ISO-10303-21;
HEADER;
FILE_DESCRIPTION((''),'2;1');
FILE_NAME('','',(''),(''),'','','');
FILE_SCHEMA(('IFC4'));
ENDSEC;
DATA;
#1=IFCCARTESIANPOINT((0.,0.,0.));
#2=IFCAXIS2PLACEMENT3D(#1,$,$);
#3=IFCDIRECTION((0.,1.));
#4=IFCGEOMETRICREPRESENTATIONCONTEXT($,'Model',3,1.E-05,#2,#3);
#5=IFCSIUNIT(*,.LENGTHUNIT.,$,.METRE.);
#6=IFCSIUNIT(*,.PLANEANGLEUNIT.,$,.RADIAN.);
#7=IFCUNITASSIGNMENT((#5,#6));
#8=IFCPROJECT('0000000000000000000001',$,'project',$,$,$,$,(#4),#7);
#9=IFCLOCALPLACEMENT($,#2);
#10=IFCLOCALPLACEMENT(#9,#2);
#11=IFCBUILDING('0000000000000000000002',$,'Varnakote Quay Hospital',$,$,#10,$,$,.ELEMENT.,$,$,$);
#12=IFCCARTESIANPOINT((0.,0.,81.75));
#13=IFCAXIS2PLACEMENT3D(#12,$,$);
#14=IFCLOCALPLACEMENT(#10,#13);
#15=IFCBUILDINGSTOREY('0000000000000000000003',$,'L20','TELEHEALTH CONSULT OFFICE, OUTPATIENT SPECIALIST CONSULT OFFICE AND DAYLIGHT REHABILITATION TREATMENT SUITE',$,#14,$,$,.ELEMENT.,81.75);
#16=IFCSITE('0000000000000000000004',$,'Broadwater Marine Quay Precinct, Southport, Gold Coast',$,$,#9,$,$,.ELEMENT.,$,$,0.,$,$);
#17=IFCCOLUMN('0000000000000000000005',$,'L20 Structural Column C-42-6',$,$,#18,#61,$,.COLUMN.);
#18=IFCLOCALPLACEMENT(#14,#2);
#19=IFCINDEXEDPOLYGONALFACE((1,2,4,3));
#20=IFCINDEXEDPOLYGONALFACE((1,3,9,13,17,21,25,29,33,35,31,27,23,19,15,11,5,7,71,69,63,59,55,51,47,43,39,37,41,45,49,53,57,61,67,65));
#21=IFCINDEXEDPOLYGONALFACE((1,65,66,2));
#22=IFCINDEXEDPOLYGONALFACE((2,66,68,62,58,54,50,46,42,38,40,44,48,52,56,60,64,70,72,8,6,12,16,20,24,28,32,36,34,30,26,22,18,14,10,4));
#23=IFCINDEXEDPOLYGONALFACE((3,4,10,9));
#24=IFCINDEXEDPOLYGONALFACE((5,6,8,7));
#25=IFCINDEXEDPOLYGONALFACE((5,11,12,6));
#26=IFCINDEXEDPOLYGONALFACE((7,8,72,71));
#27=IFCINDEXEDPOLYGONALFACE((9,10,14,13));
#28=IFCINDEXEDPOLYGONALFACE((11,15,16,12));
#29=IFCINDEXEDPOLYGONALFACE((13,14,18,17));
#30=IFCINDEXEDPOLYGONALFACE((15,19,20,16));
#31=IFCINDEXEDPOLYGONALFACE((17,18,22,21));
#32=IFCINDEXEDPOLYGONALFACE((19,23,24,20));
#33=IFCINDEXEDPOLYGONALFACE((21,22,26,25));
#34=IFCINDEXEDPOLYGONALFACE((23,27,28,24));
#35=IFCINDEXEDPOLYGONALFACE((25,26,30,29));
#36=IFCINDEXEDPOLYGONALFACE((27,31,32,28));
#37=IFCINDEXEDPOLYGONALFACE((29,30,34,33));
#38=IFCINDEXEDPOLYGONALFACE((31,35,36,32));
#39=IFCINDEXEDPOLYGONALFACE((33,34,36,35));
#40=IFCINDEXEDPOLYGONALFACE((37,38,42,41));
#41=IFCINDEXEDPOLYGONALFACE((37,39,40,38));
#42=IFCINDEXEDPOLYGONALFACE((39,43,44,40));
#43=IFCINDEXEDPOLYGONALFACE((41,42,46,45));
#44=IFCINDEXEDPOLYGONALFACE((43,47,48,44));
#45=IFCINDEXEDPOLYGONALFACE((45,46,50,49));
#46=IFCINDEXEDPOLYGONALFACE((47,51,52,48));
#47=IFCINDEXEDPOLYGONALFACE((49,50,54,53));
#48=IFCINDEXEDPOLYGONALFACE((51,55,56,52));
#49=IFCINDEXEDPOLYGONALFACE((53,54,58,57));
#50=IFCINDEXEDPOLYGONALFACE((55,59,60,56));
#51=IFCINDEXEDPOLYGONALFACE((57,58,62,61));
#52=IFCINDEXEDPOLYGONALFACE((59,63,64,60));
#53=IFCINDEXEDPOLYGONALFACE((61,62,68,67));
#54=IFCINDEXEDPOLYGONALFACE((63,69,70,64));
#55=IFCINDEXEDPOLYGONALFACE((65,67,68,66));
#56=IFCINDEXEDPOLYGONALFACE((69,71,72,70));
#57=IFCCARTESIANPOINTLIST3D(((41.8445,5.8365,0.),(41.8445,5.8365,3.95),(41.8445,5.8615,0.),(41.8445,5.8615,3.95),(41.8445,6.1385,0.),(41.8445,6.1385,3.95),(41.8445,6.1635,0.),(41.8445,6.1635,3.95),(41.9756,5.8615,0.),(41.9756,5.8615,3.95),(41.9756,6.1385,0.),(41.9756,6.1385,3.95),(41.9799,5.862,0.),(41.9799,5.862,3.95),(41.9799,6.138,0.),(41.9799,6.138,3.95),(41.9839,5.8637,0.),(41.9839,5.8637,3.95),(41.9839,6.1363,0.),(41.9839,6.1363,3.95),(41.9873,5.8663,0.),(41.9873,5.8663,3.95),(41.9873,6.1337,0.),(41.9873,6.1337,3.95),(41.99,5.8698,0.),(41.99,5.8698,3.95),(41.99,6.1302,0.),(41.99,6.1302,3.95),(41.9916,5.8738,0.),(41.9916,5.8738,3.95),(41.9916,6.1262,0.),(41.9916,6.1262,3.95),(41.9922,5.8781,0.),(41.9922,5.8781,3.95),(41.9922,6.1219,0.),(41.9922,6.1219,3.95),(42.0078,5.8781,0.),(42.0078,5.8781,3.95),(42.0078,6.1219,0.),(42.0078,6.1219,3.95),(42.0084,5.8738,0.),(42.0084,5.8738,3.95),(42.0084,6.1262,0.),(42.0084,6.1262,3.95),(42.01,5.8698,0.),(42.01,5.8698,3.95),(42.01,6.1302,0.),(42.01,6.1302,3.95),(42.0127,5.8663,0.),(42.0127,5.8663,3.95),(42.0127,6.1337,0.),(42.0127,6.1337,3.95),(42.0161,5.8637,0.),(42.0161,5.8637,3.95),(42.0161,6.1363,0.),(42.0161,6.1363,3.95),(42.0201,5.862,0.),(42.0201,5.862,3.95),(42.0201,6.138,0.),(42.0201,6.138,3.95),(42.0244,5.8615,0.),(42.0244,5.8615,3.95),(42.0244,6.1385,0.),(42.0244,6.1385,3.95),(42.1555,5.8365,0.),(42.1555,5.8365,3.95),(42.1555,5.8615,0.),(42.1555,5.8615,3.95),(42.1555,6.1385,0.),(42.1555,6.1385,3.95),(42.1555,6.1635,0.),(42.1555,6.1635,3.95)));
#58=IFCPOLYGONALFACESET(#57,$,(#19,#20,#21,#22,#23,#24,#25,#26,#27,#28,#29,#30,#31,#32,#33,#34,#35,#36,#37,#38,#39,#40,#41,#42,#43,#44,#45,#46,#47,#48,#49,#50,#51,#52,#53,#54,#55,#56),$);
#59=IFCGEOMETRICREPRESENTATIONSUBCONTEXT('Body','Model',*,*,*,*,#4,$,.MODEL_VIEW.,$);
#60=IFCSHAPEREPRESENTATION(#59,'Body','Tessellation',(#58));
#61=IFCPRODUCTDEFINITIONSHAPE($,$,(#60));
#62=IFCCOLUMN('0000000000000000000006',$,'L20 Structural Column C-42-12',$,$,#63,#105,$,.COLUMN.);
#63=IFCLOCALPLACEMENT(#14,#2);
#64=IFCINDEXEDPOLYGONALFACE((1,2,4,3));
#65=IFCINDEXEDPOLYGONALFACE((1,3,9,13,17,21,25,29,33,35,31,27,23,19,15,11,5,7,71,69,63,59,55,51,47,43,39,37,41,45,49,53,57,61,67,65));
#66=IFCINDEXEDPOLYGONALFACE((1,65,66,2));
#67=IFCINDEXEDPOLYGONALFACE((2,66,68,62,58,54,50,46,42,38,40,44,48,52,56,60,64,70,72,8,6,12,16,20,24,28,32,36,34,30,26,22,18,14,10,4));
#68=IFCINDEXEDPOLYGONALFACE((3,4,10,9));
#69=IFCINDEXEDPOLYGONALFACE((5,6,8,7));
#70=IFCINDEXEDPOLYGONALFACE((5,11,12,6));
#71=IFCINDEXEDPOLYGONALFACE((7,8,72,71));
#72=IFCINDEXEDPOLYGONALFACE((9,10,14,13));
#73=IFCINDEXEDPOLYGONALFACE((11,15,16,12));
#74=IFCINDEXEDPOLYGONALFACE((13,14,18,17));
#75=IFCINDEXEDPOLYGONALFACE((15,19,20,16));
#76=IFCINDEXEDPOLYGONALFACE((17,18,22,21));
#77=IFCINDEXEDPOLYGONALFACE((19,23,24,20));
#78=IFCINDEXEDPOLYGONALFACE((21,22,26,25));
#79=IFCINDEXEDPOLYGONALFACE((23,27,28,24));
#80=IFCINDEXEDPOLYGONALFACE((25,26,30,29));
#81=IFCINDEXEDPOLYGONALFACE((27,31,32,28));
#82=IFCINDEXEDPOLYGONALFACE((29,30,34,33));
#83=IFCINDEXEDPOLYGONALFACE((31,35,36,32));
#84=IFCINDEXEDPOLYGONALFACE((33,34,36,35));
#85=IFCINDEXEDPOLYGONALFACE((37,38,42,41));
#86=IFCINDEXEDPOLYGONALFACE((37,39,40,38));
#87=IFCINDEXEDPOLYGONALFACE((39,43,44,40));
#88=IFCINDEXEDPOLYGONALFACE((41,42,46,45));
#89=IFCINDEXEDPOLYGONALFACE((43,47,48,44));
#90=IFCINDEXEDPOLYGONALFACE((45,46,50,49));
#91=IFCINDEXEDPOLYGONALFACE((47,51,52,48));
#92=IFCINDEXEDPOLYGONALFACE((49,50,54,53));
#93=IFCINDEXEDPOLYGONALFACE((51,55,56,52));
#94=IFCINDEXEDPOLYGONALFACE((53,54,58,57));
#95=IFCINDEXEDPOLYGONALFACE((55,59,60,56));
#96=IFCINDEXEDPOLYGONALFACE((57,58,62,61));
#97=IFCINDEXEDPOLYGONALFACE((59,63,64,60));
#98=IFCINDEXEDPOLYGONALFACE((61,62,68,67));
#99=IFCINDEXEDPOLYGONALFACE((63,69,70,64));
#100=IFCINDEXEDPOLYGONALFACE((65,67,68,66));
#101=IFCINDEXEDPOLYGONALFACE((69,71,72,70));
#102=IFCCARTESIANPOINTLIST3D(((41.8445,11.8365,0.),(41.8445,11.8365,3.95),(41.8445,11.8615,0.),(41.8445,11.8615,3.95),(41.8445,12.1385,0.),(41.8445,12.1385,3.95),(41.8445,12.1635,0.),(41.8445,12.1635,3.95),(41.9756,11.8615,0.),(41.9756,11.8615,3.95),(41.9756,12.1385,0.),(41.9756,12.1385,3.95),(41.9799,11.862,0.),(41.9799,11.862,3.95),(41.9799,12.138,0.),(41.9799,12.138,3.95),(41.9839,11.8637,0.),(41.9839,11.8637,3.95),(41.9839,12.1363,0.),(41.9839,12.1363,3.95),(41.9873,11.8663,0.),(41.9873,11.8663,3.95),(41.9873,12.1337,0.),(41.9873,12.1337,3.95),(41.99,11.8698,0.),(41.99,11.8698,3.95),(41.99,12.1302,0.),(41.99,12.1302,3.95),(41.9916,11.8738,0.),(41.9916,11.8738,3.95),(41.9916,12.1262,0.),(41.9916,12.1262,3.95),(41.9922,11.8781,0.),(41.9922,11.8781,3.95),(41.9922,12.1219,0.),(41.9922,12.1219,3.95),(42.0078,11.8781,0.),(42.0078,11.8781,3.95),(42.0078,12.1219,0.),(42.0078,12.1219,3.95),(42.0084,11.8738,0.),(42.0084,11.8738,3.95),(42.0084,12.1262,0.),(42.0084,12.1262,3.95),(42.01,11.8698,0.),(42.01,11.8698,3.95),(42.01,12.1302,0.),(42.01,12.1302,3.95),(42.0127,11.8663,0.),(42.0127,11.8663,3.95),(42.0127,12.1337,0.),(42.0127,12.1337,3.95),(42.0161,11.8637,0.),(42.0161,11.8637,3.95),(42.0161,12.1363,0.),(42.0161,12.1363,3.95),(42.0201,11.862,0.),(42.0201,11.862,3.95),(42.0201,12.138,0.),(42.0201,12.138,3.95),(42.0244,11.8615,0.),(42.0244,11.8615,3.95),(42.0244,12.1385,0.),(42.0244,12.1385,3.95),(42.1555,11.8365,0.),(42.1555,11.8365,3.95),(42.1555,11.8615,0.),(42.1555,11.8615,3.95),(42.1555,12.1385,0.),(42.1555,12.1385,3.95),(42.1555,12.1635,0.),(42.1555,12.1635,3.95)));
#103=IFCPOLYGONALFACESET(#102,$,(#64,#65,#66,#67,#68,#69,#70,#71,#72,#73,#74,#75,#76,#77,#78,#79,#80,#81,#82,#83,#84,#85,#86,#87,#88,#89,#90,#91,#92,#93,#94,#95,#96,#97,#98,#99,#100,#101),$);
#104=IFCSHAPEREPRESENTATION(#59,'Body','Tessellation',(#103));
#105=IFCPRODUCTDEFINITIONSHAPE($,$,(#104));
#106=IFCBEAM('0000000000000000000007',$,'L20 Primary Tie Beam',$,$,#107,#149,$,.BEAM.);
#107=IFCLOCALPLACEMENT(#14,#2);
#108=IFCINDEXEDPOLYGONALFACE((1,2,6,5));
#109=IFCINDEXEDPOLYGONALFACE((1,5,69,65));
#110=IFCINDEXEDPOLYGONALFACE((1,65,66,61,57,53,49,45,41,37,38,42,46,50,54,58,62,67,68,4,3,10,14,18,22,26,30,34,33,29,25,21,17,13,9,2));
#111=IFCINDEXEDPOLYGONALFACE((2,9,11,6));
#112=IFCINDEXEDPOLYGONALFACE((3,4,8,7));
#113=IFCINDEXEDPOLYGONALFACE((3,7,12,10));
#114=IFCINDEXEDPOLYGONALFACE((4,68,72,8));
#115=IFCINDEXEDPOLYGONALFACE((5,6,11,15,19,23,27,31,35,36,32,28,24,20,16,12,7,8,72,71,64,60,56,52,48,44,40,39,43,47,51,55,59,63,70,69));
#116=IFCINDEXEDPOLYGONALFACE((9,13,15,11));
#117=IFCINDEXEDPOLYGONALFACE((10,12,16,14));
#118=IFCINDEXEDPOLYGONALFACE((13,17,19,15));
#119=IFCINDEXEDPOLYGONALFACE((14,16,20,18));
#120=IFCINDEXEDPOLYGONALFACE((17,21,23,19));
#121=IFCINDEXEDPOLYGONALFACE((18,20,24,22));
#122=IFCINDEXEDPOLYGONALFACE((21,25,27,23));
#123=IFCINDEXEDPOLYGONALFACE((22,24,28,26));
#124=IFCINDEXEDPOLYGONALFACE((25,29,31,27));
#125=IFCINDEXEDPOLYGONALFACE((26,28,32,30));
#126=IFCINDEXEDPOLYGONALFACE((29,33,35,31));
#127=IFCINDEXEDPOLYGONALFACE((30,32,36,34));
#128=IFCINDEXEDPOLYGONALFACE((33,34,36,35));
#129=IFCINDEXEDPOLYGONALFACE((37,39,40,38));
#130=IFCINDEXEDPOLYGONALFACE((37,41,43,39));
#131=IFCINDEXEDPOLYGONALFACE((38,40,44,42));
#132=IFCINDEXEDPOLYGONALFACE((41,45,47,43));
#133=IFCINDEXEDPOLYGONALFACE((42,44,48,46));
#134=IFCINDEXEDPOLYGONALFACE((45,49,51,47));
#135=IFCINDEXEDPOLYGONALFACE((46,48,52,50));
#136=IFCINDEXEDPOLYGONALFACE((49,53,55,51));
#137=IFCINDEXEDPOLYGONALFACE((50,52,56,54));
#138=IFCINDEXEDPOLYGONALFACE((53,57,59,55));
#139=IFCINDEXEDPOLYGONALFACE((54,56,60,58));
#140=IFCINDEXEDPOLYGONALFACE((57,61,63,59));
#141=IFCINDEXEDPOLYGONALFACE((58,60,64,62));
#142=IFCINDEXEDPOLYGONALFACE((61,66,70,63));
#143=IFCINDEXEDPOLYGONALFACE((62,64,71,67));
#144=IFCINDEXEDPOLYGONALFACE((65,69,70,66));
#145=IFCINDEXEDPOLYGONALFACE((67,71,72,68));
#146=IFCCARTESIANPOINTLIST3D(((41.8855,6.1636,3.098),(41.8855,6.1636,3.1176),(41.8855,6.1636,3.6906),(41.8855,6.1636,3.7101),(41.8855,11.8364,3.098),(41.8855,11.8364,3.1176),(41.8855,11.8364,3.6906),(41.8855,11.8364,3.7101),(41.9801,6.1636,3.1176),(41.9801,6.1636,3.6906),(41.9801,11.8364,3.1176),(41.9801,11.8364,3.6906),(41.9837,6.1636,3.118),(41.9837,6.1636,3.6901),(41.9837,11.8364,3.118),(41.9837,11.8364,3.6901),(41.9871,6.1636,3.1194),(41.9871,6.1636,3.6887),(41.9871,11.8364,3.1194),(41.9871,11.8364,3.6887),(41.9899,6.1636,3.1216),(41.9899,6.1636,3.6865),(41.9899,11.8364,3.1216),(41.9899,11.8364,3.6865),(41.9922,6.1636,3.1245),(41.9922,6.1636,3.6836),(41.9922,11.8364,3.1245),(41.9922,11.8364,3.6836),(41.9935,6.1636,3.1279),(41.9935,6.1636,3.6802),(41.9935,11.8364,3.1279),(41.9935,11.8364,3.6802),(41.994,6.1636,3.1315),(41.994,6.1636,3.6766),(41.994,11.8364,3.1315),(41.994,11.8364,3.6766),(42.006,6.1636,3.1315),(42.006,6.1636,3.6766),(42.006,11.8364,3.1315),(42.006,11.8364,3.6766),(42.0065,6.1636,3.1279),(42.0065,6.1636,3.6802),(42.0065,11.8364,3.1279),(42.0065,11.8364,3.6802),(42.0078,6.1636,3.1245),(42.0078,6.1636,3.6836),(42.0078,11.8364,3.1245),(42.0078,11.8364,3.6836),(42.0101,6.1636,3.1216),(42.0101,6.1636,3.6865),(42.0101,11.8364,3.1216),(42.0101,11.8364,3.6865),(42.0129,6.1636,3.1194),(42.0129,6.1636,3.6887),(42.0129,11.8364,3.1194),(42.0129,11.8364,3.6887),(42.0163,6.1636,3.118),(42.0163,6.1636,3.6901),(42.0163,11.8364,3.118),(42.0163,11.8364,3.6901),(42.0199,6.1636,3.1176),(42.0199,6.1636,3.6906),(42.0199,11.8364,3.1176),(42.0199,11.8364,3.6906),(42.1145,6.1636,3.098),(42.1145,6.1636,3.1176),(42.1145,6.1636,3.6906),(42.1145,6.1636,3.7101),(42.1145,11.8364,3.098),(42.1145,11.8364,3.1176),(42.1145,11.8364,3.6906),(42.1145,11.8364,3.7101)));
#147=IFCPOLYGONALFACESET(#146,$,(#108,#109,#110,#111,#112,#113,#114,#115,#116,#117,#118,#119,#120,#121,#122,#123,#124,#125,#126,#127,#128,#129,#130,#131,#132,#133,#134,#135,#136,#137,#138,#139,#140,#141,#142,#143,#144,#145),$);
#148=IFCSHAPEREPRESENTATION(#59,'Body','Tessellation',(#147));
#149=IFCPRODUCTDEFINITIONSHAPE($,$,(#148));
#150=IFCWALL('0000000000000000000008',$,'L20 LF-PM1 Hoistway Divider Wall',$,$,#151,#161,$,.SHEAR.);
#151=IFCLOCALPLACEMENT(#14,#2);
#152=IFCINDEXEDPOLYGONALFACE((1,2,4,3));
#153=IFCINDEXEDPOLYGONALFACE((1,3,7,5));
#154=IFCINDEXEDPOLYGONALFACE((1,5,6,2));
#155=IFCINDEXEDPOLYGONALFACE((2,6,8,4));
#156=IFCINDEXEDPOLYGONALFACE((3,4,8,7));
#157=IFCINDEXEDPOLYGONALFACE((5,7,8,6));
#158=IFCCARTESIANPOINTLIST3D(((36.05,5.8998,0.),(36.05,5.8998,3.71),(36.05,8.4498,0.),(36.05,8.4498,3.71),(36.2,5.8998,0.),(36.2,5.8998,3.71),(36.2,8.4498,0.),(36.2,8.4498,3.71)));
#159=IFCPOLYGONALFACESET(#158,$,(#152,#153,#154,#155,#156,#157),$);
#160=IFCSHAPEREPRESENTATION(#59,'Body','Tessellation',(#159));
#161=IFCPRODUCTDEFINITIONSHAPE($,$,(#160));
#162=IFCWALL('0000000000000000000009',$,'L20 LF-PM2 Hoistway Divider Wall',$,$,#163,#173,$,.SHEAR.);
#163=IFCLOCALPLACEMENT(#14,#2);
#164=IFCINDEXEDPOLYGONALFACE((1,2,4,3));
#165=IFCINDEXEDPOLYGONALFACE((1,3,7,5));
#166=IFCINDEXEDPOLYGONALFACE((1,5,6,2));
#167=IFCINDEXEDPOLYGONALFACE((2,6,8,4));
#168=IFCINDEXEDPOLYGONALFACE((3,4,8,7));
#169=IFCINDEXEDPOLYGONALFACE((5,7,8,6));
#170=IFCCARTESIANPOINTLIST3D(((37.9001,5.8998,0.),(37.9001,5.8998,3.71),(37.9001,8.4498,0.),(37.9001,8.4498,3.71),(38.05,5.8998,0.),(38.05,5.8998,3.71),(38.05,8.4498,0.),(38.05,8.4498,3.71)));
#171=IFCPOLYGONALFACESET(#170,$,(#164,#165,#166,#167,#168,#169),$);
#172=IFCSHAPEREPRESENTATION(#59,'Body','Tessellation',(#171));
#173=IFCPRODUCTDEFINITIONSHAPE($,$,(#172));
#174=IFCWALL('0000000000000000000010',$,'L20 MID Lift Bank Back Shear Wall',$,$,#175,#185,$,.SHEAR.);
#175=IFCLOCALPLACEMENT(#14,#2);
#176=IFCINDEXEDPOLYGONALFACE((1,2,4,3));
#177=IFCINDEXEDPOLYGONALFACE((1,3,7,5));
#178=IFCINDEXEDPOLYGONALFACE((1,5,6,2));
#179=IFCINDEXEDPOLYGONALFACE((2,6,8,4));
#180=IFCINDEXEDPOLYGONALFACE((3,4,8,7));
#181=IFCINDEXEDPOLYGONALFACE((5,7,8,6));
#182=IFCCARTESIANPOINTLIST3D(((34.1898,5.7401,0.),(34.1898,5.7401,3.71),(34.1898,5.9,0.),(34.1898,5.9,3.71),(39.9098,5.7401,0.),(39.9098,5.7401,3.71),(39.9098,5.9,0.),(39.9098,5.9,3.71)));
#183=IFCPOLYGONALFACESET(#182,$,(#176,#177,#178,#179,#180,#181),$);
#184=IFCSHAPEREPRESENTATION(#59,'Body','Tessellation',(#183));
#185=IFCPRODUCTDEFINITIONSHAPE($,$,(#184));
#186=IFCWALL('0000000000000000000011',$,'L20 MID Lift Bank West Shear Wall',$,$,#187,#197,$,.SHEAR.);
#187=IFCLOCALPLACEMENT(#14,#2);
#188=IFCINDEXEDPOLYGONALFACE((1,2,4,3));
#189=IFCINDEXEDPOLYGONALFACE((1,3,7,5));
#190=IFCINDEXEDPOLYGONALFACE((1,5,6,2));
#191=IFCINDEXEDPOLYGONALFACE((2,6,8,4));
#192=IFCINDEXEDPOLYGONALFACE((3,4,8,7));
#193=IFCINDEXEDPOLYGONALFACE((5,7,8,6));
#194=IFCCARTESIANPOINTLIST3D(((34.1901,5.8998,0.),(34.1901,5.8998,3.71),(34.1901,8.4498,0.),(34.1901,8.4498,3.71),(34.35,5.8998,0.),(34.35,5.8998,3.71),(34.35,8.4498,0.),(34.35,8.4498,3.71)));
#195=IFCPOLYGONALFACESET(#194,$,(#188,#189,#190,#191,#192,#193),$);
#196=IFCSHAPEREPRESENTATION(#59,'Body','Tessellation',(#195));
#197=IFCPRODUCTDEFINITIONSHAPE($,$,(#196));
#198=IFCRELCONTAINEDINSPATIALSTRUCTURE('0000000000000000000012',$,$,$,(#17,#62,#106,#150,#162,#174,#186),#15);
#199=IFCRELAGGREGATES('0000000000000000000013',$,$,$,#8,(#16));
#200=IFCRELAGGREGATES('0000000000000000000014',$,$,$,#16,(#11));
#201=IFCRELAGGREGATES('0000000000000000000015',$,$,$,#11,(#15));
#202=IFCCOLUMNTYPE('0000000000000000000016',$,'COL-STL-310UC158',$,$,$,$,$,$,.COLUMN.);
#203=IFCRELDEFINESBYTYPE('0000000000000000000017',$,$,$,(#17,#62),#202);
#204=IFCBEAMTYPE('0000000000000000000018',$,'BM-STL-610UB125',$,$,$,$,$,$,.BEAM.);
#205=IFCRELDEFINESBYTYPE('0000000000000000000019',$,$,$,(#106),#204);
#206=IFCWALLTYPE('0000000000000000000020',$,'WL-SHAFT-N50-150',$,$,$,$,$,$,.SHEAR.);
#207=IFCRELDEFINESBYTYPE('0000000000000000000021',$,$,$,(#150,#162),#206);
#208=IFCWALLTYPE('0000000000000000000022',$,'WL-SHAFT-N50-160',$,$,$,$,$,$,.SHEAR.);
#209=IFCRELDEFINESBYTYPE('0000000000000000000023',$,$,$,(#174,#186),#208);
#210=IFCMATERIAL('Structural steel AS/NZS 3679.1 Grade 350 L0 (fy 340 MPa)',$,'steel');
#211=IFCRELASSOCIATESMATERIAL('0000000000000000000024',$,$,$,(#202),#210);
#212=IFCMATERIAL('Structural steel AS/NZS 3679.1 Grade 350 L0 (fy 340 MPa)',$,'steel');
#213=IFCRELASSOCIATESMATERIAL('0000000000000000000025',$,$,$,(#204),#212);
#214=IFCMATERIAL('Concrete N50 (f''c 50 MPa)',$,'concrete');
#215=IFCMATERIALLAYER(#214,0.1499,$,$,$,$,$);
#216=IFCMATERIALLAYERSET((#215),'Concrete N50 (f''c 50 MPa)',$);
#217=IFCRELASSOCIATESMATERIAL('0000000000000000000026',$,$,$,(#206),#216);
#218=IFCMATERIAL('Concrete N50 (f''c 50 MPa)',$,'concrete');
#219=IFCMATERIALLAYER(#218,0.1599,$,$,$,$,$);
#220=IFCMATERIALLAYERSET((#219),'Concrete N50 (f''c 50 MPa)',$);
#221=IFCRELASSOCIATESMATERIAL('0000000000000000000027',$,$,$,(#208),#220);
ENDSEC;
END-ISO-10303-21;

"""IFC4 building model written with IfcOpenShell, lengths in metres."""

from ifc_helpers import new_model, si_unit, direction, frame, frame_2d, origin, origin_2d, place, context, subcontext, project, spatial, rectangle, i_section, extrude, material, layer, layer_set, material_profile, profile_set, type_object, element, save


model = new_model("IFC4")

# Units and contexts
model_context = context("Model", 3, precision=1e-05, world=origin(), true_north=direction((0.0, 1.0)))
body_context = subcontext(model_context, "Body", "Model", "MODEL_VIEW")
ifc_project = project(units=[si_unit("LENGTHUNIT", "METRE"), si_unit("PLANEANGLEUNIT", "RADIAN")], contexts=[model_context])

# Site, building, storey
site_placement = place(None, origin())
site = spatial("IfcSite", under=ifc_project, at=site_placement, Name="Broadwater Marine Quay Precinct, Southport, Gold Coast", CompositionType="ELEMENT", RefElevation=0.0)
building_placement = place(site_placement, origin())
building = spatial("IfcBuilding", under=site, at=building_placement, Name="Varnakote Quay Hospital", CompositionType="ELEMENT")
storey_placement = place(building_placement, frame((0.0, 0.0, 81.75)))
storey = spatial("IfcBuildingStorey", under=building, at=storey_placement, Name="L20", Description="TELEHEALTH CONSULT OFFICE, OUTPATIENT SPECIALIST CONSULT OFFICE AND DAYLIGHT REHABILITATION TREATMENT SUITE", CompositionType="ELEMENT", Elevation=81.75)

# Columns
ifc_material_1 = material(Name="Structural steel AS/NZS 3679.1 Grade 350 L0 (fy 340 MPa)", Category="steel")
ifc_material_profile_1 = material_profile(ifc_material_1, i_section(OverallWidth=0.311, OverallDepth=0.3269, WebThickness=0.0156, FlangeThickness=0.0249, FilletRadius=0.0166, at=origin_2d()), Name="310UC158")
ifc_profile_set_1 = profile_set([ifc_material_profile_1], Name="Structural steel AS/NZS 3679.1 Grade 350 L0 (fy 340 MPa)")
column_type = type_object("IfcColumnType", Name="COL-STL-310UC158", PredefinedType="COLUMN", material=ifc_profile_set_1)
for number, where, z_axis, x_axis, name in (
    (1, (42.0, 6.0, 0.0), (0.0, 0.0, 1.0), (1.0, 0.0, 0.0), "L20 Structural Column C-42-6"),
    (2, (42.0, 12.0, 0.0), (0.0, 0.0, 1.0), (1.0, 0.0, 0.0), "L20 Structural Column C-42-12"),
):
    element("IfcColumn", number, at=place(storey_placement, frame(where, z_axis=z_axis, x_axis=x_axis)), inside=storey, type_object=column_type, Name=name, PredefinedType="COLUMN", context=body_context, shape_type="SweptSolid", body=[
        extrude(i_section(OverallWidth=0.311, OverallDepth=0.3269, WebThickness=0.0156, FlangeThickness=0.0249, FilletRadius=0.0166, at=origin_2d()), origin(), (0.0, 0.0, 1.0), 3.95),
    ])

# Beam
ifc_material_2 = material(Name="Structural steel AS/NZS 3679.1 Grade 350 L0 (fy 340 MPa)", Category="steel")
ifc_material_profile_2 = material_profile(ifc_material_2, i_section(OverallWidth=0.229, OverallDepth=0.6121, WebThickness=0.012, FlangeThickness=0.0195, FilletRadius=0.0139, at=origin_2d()), Name="610UB125")
ifc_profile_set_2 = profile_set([ifc_material_profile_2], Name="Structural steel AS/NZS 3679.1 Grade 350 L0 (fy 340 MPa)")
beam_type = type_object("IfcBeamType", Name="BM-STL-610UB125", PredefinedType="BEAM", material=ifc_profile_set_2)
beam_placement = place(storey_placement, frame((42.0, 6.1636, 3.4041), z_axis=(0.0, 1.0, 0.0), x_axis=(-1.0, 0.0, 0.0)))
element("IfcBeam", 3, at=beam_placement, inside=storey, type_object=beam_type, Name="L20 Primary Tie Beam", PredefinedType="BEAM", context=body_context, shape_type="SweptSolid", body=[
    extrude(i_section(OverallWidth=0.229, OverallDepth=0.6121, WebThickness=0.012, FlangeThickness=0.0195, FilletRadius=0.0139, at=origin_2d()), origin(), (0.0, 0.0, 1.0), 5.6729),
])

# Walls
ifc_material_3 = material(Name="Concrete N50 (f'c 50 MPa)", Category="concrete")
ifc_layer_1 = layer(ifc_material_3, 0.1499)
ifc_layer_set_1 = layer_set([ifc_layer_1], Name="Concrete N50 (f'c 50 MPa)")
wall_type_1 = type_object("IfcWallType", Name="WL-SHAFT-N50-150", PredefinedType="SHEAR", material=ifc_layer_set_1)
for number, where, z_axis, x_axis, name in (
    (4, (36.125, 5.8999, 0.0), (0.0, 0.0, 1.0), (0.0, 1.0, 0.0), "L20 LF-PM1 Hoistway Divider Wall"),
    (5, (37.9751, 5.8999, 0.0), (0.0, 0.0, 1.0), (0.0, 1.0, 0.0), "L20 LF-PM2 Hoistway Divider Wall"),
):
    element("IfcWall", number, at=place(storey_placement, frame(where, z_axis=z_axis, x_axis=x_axis)), inside=storey, type_object=wall_type_1, Name=name, PredefinedType="SHEAR", context=body_context, shape_type="SweptSolid", body=[
        extrude(rectangle(XDim=2.55, YDim=0.1499, at=frame_2d((1.2749, 0.0))), origin(), (0.0, 0.0, 1.0), 3.71),
    ])
ifc_material_4 = material(Name="Concrete N50 (f'c 50 MPa)", Category="concrete")
ifc_layer_2 = layer(ifc_material_4, 0.1599)
ifc_layer_set_2 = layer_set([ifc_layer_2], Name="Concrete N50 (f'c 50 MPa)")
wall_type_2 = type_object("IfcWallType", Name="WL-SHAFT-N50-160", PredefinedType="SHEAR", material=ifc_layer_set_2)
wall_1_placement = place(storey_placement, frame((34.1899, 5.8201, 0.0), z_axis=(0.0, 0.0, 1.0), x_axis=(1.0, 0.0, 0.0)))
element("IfcWall", 6, at=wall_1_placement, inside=storey, type_object=wall_type_2, Name="L20 MID Lift Bank Back Shear Wall", PredefinedType="SHEAR", context=body_context, shape_type="SweptSolid", body=[
    extrude(rectangle(XDim=5.72, YDim=0.1599, at=frame_2d((2.8599, 0.0))), origin(), (0.0, 0.0, 1.0), 3.71),
])
for number, where, z_axis, x_axis, name in (
    (7, (34.27, 5.8999, 0.0), (0.0, 0.0, 1.0), (0.0, 1.0, 0.0), "L20 MID Lift Bank West Shear Wall"),
):
    element("IfcWall", number, at=place(storey_placement, frame(where, z_axis=z_axis, x_axis=x_axis)), inside=storey, type_object=wall_type_2, Name=name, PredefinedType="SHEAR", context=body_context, shape_type="SweptSolid", body=[
        extrude(rectangle(XDim=2.55, YDim=0.1599, at=frame_2d((1.2749, 0.0))), origin(), (0.0, 0.0, 1.0), 3.71),
    ])

save(model, "model.ifc")
